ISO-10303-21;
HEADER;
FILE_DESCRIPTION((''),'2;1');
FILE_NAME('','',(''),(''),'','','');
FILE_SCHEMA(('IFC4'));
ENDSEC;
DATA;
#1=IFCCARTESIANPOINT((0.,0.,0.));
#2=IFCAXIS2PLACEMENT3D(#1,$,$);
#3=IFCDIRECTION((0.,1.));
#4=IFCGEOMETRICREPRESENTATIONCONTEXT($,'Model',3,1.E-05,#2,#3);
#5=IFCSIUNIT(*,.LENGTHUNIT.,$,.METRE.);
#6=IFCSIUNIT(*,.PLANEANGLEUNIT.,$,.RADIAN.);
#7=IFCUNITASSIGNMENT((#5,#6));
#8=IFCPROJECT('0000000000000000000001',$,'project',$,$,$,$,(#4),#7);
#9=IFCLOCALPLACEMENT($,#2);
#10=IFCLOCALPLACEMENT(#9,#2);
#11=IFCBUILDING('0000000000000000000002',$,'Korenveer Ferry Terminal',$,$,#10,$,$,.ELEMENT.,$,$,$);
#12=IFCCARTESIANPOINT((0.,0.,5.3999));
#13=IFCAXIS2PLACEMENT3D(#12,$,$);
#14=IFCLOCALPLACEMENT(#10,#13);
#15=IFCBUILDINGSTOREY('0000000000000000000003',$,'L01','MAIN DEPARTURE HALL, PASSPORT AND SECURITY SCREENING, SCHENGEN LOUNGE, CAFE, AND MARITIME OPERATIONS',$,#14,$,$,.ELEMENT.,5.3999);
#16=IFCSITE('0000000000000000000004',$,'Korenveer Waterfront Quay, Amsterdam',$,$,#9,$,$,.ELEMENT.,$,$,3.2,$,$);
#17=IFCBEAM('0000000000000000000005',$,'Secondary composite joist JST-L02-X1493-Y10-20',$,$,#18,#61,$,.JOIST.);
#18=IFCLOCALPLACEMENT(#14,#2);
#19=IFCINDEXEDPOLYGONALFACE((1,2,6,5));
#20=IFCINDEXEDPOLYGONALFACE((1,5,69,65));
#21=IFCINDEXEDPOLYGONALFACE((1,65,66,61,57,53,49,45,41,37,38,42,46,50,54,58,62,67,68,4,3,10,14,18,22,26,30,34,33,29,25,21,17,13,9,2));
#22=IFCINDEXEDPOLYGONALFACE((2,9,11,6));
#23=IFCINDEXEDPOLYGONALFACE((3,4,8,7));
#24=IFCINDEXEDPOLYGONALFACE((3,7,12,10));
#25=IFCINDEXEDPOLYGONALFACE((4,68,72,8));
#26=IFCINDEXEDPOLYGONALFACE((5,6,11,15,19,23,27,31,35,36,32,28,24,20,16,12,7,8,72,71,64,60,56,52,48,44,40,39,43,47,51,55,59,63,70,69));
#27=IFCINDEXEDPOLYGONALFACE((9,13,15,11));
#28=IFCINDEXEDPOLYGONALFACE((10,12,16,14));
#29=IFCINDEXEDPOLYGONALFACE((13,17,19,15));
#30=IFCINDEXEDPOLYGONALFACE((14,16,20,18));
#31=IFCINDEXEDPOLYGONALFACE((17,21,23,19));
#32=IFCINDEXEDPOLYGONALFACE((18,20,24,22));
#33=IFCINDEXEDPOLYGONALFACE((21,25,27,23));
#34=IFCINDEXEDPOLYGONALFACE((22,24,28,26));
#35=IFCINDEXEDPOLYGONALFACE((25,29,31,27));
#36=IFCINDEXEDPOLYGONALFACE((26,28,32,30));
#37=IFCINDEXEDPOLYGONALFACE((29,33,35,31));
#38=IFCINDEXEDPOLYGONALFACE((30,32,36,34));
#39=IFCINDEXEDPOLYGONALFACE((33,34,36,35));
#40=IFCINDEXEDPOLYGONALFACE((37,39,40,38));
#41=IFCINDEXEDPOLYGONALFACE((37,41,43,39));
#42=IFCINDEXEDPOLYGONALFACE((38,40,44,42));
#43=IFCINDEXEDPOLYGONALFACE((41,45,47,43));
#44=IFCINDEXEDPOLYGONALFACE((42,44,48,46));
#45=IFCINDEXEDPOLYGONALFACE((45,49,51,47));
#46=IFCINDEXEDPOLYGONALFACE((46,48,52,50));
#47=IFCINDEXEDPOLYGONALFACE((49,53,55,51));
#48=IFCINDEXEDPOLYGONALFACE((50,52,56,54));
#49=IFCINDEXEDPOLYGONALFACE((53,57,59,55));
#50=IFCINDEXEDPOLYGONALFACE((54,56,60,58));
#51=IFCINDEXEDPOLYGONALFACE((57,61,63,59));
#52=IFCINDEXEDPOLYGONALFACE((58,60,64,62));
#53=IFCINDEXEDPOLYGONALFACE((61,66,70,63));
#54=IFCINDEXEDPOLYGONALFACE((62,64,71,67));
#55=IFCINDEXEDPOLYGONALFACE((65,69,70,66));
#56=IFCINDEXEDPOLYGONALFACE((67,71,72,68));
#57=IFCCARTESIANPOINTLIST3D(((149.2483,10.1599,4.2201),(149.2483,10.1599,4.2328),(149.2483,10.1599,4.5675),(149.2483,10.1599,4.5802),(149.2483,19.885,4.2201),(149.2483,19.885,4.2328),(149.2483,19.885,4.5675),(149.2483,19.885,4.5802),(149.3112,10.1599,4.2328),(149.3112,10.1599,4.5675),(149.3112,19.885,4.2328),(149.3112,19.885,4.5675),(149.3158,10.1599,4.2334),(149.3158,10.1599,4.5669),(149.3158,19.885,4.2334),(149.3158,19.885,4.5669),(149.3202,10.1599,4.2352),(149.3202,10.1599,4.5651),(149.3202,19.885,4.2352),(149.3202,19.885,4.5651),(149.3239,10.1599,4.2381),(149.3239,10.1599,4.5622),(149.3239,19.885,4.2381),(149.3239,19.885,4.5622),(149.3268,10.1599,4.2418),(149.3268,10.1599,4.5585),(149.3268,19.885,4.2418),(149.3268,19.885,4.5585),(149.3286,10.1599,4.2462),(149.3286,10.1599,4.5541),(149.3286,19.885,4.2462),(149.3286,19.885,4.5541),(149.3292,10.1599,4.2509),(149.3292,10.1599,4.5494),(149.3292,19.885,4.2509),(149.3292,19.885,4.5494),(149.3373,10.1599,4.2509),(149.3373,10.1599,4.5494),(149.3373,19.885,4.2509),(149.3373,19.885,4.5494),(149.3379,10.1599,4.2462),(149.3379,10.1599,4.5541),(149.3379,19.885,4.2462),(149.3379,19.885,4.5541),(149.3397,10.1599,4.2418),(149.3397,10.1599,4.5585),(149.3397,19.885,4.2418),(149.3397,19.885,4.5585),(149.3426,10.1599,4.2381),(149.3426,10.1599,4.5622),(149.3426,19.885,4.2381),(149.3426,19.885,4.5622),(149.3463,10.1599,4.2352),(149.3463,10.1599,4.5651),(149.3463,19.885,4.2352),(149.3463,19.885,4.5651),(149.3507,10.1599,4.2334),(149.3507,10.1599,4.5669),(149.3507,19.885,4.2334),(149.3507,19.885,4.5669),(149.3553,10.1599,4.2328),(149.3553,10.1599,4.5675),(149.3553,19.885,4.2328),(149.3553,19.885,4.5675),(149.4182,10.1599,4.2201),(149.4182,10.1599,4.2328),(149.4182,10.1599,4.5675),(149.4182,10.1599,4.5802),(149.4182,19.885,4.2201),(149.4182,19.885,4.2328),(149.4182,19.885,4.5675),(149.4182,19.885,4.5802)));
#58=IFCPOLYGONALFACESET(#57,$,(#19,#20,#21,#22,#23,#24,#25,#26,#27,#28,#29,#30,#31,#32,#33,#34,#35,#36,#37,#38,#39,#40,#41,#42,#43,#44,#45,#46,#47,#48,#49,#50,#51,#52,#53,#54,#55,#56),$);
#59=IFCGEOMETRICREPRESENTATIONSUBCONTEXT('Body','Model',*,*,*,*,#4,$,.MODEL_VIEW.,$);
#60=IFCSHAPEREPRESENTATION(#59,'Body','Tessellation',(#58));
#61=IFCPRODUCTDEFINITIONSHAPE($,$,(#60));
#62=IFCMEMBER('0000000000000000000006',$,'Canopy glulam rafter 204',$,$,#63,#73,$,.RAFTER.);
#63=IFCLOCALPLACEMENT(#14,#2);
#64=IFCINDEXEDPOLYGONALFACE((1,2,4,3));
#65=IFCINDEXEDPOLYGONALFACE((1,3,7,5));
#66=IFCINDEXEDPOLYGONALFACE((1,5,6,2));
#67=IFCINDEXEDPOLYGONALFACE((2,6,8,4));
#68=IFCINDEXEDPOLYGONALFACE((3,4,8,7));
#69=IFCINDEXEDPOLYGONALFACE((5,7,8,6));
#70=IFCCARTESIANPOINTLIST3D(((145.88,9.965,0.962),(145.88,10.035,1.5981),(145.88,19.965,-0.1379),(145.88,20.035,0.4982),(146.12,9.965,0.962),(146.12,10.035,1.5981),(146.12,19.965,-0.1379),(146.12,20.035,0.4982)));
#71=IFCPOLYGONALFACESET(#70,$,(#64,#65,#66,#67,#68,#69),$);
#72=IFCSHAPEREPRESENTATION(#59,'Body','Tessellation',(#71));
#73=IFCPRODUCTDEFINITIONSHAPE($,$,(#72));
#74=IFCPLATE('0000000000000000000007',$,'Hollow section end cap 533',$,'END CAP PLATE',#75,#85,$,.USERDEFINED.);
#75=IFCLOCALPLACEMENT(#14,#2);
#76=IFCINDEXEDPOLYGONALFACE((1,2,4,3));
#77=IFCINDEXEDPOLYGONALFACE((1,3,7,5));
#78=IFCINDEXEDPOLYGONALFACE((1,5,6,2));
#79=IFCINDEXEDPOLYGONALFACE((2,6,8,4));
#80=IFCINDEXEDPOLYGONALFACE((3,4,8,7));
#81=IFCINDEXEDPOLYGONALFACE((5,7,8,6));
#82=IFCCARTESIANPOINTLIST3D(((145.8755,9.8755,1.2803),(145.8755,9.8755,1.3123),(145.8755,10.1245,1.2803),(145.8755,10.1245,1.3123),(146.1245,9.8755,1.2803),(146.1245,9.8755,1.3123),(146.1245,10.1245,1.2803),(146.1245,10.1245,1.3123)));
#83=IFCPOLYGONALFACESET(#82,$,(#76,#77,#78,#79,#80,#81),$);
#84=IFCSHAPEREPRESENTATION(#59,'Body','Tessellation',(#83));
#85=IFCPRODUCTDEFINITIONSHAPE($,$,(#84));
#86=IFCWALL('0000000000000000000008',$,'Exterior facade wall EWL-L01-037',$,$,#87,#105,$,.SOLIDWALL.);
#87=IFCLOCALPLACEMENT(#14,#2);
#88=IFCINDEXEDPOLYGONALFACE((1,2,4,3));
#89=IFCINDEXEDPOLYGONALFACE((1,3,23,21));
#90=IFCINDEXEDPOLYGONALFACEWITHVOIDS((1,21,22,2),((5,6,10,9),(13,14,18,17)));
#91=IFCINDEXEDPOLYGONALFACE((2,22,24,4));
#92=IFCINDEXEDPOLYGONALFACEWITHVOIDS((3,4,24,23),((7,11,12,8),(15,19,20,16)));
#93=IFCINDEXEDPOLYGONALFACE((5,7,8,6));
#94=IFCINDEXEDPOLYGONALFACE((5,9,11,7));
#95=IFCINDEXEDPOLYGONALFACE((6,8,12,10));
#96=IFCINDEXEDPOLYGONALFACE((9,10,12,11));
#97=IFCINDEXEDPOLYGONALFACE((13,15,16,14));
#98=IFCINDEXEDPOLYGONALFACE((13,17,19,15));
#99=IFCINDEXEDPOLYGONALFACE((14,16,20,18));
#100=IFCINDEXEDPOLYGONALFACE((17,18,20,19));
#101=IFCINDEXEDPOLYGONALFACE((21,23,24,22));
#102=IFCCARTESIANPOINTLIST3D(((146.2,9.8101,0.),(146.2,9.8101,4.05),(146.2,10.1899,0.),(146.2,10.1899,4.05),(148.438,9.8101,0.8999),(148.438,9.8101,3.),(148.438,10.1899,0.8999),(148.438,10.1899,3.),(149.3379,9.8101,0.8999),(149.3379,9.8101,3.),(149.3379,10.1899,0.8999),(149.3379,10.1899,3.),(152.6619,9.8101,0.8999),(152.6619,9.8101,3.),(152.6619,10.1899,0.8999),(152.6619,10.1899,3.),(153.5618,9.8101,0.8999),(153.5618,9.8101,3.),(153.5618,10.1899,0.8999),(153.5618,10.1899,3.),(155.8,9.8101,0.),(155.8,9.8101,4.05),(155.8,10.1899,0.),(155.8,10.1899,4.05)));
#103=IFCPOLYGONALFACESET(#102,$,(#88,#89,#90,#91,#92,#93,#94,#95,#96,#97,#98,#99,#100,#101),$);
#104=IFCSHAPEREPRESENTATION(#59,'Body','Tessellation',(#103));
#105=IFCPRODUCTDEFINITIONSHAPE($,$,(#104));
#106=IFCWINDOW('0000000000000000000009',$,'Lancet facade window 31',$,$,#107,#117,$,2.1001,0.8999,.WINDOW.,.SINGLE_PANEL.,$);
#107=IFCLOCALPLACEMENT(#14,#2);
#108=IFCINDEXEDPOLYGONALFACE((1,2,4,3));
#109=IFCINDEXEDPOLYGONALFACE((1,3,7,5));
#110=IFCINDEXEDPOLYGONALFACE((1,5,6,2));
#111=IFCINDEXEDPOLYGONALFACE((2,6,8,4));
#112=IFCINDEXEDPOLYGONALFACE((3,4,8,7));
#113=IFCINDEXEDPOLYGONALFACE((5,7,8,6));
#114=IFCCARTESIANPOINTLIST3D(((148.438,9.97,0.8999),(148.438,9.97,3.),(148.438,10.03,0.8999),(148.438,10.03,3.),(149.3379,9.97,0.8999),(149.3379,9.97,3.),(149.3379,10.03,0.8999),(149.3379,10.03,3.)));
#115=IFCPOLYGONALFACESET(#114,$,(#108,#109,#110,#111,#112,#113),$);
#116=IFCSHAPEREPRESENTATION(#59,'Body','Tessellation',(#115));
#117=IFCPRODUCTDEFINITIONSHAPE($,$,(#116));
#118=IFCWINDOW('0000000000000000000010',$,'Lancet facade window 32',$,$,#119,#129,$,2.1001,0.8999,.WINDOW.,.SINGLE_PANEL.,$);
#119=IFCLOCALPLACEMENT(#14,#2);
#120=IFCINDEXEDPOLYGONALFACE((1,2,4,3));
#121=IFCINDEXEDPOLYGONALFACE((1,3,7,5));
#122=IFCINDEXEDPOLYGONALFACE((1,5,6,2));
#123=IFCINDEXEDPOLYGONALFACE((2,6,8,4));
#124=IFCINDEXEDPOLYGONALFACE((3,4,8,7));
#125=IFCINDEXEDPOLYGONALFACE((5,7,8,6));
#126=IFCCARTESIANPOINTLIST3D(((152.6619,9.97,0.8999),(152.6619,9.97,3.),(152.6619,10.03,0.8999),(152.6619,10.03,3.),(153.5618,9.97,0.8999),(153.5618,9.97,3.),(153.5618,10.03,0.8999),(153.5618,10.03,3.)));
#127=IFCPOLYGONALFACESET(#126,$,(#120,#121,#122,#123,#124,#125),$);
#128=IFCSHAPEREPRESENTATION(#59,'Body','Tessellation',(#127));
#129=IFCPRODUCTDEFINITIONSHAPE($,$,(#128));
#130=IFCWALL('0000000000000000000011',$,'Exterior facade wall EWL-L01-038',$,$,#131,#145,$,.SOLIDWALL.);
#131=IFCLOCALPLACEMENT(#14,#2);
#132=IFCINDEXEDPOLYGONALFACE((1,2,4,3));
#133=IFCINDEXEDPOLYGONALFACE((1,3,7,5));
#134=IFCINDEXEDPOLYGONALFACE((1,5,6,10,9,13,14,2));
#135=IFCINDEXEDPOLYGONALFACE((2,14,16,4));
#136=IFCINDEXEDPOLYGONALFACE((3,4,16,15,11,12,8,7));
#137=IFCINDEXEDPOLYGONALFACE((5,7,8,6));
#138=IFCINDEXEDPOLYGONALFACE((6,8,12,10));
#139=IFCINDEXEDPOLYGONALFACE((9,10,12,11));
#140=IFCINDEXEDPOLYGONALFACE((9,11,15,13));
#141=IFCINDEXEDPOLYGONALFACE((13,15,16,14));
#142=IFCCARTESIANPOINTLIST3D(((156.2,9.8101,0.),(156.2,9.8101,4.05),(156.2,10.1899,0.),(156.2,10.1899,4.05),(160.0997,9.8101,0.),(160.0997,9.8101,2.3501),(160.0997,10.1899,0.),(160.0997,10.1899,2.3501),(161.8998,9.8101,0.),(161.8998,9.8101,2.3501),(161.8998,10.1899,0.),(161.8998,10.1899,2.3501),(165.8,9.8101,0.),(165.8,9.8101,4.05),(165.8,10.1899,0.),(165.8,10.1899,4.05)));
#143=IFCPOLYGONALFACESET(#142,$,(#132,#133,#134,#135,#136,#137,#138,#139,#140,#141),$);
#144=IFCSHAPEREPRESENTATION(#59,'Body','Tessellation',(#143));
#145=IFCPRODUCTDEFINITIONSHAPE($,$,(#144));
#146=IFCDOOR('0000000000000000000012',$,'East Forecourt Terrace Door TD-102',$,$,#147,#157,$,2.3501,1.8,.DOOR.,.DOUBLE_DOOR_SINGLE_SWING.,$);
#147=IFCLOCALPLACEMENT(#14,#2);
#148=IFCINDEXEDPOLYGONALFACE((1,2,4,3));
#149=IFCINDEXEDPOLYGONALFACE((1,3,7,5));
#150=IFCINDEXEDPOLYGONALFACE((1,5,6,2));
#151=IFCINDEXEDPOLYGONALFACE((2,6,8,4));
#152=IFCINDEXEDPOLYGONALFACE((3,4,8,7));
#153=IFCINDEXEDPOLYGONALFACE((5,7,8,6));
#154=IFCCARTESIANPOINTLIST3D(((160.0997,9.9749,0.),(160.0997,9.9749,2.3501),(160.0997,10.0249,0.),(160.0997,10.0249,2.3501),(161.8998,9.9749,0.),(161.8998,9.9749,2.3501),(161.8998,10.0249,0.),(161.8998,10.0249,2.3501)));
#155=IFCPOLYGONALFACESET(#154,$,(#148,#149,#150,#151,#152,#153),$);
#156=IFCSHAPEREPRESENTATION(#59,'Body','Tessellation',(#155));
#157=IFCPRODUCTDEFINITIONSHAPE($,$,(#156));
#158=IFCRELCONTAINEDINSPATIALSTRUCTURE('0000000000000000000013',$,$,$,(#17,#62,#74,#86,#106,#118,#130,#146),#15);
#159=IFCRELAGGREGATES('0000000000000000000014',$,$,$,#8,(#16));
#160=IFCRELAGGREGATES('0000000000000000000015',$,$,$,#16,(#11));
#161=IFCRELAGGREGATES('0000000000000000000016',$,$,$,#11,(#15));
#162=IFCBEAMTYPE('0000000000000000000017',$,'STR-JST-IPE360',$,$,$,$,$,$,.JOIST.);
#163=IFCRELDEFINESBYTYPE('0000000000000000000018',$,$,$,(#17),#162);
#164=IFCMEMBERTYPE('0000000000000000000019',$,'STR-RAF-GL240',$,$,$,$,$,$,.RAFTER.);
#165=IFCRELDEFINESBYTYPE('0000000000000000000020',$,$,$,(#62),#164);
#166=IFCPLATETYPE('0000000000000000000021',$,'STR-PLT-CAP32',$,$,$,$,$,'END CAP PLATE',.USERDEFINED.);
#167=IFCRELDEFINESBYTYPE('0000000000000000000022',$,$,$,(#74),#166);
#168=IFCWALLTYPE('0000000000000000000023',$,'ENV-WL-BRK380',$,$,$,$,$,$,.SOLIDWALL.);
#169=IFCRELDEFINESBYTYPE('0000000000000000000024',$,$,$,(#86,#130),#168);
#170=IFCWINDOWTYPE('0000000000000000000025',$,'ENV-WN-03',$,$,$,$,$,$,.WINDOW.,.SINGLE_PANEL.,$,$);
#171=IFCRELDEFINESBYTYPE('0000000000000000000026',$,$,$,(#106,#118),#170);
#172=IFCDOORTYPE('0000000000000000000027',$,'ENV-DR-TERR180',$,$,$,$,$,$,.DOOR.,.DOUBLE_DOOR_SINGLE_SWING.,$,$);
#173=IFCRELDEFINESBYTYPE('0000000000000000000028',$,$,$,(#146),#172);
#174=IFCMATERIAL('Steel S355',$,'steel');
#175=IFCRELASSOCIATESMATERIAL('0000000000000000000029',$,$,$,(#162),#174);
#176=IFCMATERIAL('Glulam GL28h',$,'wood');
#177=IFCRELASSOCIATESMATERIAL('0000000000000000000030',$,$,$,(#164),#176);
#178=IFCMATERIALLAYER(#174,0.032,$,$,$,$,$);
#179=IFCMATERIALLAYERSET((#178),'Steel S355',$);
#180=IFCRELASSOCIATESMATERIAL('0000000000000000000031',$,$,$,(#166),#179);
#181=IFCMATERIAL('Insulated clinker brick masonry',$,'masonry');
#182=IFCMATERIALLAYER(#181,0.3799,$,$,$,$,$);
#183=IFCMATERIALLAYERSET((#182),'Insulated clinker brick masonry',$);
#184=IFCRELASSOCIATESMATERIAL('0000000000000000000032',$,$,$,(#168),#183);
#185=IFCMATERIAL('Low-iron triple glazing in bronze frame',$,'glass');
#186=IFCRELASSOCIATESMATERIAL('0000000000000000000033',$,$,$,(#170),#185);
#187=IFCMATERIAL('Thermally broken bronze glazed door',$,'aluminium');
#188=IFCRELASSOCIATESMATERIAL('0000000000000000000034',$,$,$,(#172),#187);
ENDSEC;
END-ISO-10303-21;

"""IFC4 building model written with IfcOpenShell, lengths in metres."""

from ifc_helpers import new_model, si_unit, direction, frame, frame_2d, origin, origin_2d, place, context, subcontext, project, spatial, rectangle, i_section, extrude, material, layer, layer_set, material_profile, profile_set, type_object, element, fill, save


model = new_model("IFC4")

# Units and contexts
model_context = context("Model", 3, precision=1e-05, world=origin(), true_north=direction((0.0, 1.0)))
body_context = subcontext(model_context, "Body", "Model", "MODEL_VIEW")
ifc_project = project(units=[si_unit("LENGTHUNIT", "METRE"), si_unit("PLANEANGLEUNIT", "RADIAN")], contexts=[model_context])

# Site, building, storey
site_placement = place(None, origin())
site = spatial("IfcSite", under=ifc_project, at=site_placement, Name="Korenveer Waterfront Quay, Amsterdam", CompositionType="ELEMENT", RefElevation=3.2)
building_placement = place(site_placement, origin())
building = spatial("IfcBuilding", under=site, at=building_placement, Name="Korenveer Ferry Terminal", CompositionType="ELEMENT")
storey_placement = place(building_placement, frame((0.0, 0.0, 5.3999)))
storey = spatial("IfcBuildingStorey", under=building, at=storey_placement, Name="L01", Description="MAIN DEPARTURE HALL, PASSPORT AND SECURITY SCREENING, SCHENGEN LOUNGE, CAFE, AND MARITIME OPERATIONS", CompositionType="ELEMENT", Elevation=5.3999)

# Beam
ifc_material_1 = material(Name="Steel S355", Category="steel")
ifc_material_profile_1 = material_profile(ifc_material_1, i_section(OverallWidth=0.1699, OverallDepth=0.3601, WebThickness=0.0081, FlangeThickness=0.0127, FilletRadius=0.0181, at=origin_2d()), Name="IPE 360")
ifc_profile_set_1 = profile_set([ifc_material_profile_1], Name="Steel S355")
beam_type_1 = type_object("IfcBeamType", Name="STR-JST-IPE360", PredefinedType="JOIST", material=ifc_profile_set_1)
beam_1_placement = place(storey_placement, frame((149.3333, 10.1599, 4.4001), z_axis=(0.0, 1.0, 0.0), x_axis=(-1.0, 0.0, 0.0)))
element("IfcBeam", 1, at=beam_1_placement, inside=storey, type_object=beam_type_1, Name="Secondary composite joist JST-L02-X1493-Y10-20", PredefinedType="JOIST", context=body_context, shape_type="SweptSolid", body=[
    extrude(i_section(OverallWidth=0.1699, OverallDepth=0.3601, WebThickness=0.0081, FlangeThickness=0.0127, FilletRadius=0.0181, at=origin_2d()), origin(), (0.0, 0.0, 1.0), 9.7251),
])

# Member
ifc_material_2 = material(Name="Glulam GL28h", Category="wood")
ifc_material_profile_2 = material_profile(ifc_material_2, rectangle(XDim=0.24, YDim=0.6399, at=origin_2d()), Name="GL 240x640")
ifc_profile_set_2 = profile_set([ifc_material_profile_2], Name="Glulam GL28h")
member_type_1 = type_object("IfcMemberType", Name="STR-RAF-GL240", PredefinedType="RAFTER", material=ifc_profile_set_2)
member_1_placement = place(storey_placement, frame((146.0, 10.0, 1.28), z_axis=(0.0, 0.994006, -0.109326), x_axis=(-1.0, 0.0, 0.0)))
element("IfcMember", 2, at=member_1_placement, inside=storey, type_object=member_type_1, Name="Canopy glulam rafter 204", PredefinedType="RAFTER", context=body_context, shape_type="SweptSolid", body=[
    extrude(rectangle(XDim=0.24, YDim=0.6399, at=origin_2d()), origin(), (0.0, 0.0, 1.0), 10.0603),
])

# Plate
ifc_layer_1 = layer(ifc_material_1, 0.032)
ifc_layer_set_1 = layer_set([ifc_layer_1], Name="Steel S355")
plate_type = type_object("IfcPlateType", Name="STR-PLT-CAP32", ElementType="END CAP PLATE", PredefinedType="USERDEFINED", material=ifc_layer_set_1)
plate_placement = place(storey_placement, frame((146.0, 10.0, 1.2803), z_axis=(0.0, 0.0, 1.0), x_axis=(1.0, 0.0, 0.0)))
element("IfcPlate", 3, at=plate_placement, inside=storey, type_object=plate_type, Name="Hollow section end cap 533", ObjectType="END CAP PLATE", PredefinedType="USERDEFINED", context=body_context, shape_type="SweptSolid", body=[
    extrude(rectangle(XDim=0.249, YDim=0.249, at=origin_2d()), origin(), (0.0, 0.0, 1.0), 0.032),
])

# Wall, openings, windows
ifc_material_3 = material(Name="Insulated clinker brick masonry", Category="masonry")
ifc_layer_2 = layer(ifc_material_3, 0.3799)
ifc_layer_set_2 = layer_set([ifc_layer_2], Name="Insulated clinker brick masonry")
wall_type = type_object("IfcWallType", Name="ENV-WL-BRK380", PredefinedType="SOLIDWALL", material=ifc_layer_set_2)
wall_1_placement = place(storey_placement, frame((146.2, 10.0, 0.0), z_axis=(0.0, 0.0, 1.0), x_axis=(1.0, 0.0, 0.0)))
wall_1 = element("IfcWall", 4, at=wall_1_placement, inside=storey, type_object=wall_type, Name="Exterior facade wall EWL-L01-037", PredefinedType="SOLIDWALL", context=body_context, shape_type="SweptSolid", body=[
    extrude(rectangle(XDim=9.6001, YDim=0.3799, at=frame_2d((4.8, 0.0))), origin(), (0.0, 0.0, 1.0), 4.05),
])
opening_1_placement = place(wall_1_placement, frame((2.238, 0.0, 0.8999)))
opening_1 = element("IfcOpeningElement", 5, at=opening_1_placement, cuts=wall_1, PredefinedType="OPENING", context=body_context, shape_type="SweptSolid", body=[
    extrude(rectangle(XDim=0.8999, YDim=2.1001, at=frame_2d((0.45, 1.05))), frame((0.0, 0.2, 0.0), z_axis=(0.0, -1.0, 0.0), x_axis=(1.0, 0.0, 0.0)), (0.0, 0.0, 1.0), 0.3999),
])
opening_2_placement = place(wall_1_placement, frame((6.4619, 0.0, 0.8999)))
opening_2 = element("IfcOpeningElement", 6, at=opening_2_placement, cuts=wall_1, PredefinedType="OPENING", context=body_context, shape_type="SweptSolid", body=[
    extrude(rectangle(XDim=0.8999, YDim=2.1001, at=frame_2d((0.45, 1.05))), frame((0.0, 0.2, 0.0), z_axis=(0.0, -1.0, 0.0), x_axis=(1.0, 0.0, 0.0)), (0.0, 0.0, 1.0), 0.3999),
])
ifc_material_4 = material(Name="Low-iron triple glazing in bronze frame", Category="glass")
window_type = type_object("IfcWindowType", Name="ENV-WN-03", PartitioningType="SINGLE_PANEL", PredefinedType="WINDOW", material=ifc_material_4)
window_1_placement = place(opening_1_placement, origin())
window_1 = element("IfcWindow", 7, at=window_1_placement, inside=storey, type_object=window_type, Name="Lancet facade window 31", OverallHeight=2.1001, OverallWidth=0.8999, PartitioningType="SINGLE_PANEL", PredefinedType="WINDOW", context=body_context, shape_type="SweptSolid", body=[
    extrude(rectangle(XDim=0.8999, YDim=2.1001, at=frame_2d((0.45, 1.05))), frame((0.0, 0.03, 0.0), z_axis=(0.0, -1.0, 0.0), x_axis=(1.0, 0.0, 0.0)), (0.0, 0.0, 1.0), 0.0601),
])
fill(opening_1, window_1)
window_2_placement = place(opening_2_placement, origin())
window_2 = element("IfcWindow", 8, at=window_2_placement, inside=storey, type_object=window_type, Name="Lancet facade window 32", OverallHeight=2.1001, OverallWidth=0.8999, PartitioningType="SINGLE_PANEL", PredefinedType="WINDOW", context=body_context, shape_type="SweptSolid", body=[
    extrude(rectangle(XDim=0.8999, YDim=2.1001, at=frame_2d((0.45, 1.05))), frame((0.0, 0.03, 0.0), z_axis=(0.0, -1.0, 0.0), x_axis=(1.0, 0.0, 0.0)), (0.0, 0.0, 1.0), 0.0601),
])
fill(opening_2, window_2)

# Wall, opening, door
wall_2_placement = place(storey_placement, frame((156.2, 10.0, 0.0), z_axis=(0.0, 0.0, 1.0), x_axis=(1.0, 0.0, 0.0)))
wall_2 = element("IfcWall", 9, at=wall_2_placement, inside=storey, type_object=wall_type, Name="Exterior facade wall EWL-L01-038", PredefinedType="SOLIDWALL", context=body_context, shape_type="SweptSolid", body=[
    extrude(rectangle(XDim=9.6001, YDim=0.3799, at=frame_2d((4.8, 0.0))), origin(), (0.0, 0.0, 1.0), 4.05),
])
opening_3_placement = place(wall_2_placement, frame((3.8999, 0.0, 0.0)))
opening_3 = element("IfcOpeningElement", 10, at=opening_3_placement, cuts=wall_2, PredefinedType="OPENING", context=body_context, shape_type="SweptSolid", body=[
    extrude(rectangle(XDim=1.8, YDim=2.3501, at=frame_2d((0.8999, 1.175))), frame((0.0, 0.2, 0.0), z_axis=(0.0, -1.0, 0.0), x_axis=(1.0, 0.0, 0.0)), (0.0, 0.0, 1.0), 0.3999),
])
ifc_material_5 = material(Name="Thermally broken bronze glazed door", Category="aluminium")
door_type = type_object("IfcDoorType", Name="ENV-DR-TERR180", OperationType="DOUBLE_DOOR_SINGLE_SWING", PredefinedType="DOOR", material=ifc_material_5)
door_placement = place(opening_3_placement, origin())
door = element("IfcDoor", 11, at=door_placement, inside=storey, type_object=door_type, Name="East Forecourt Terrace Door TD-102", OperationType="DOUBLE_DOOR_SINGLE_SWING", OverallHeight=2.3501, OverallWidth=1.8, PredefinedType="DOOR", context=body_context, shape_type="SweptSolid", body=[
    extrude(rectangle(XDim=1.8, YDim=2.3501, at=frame_2d((0.8999, 1.175))), frame((0.0, 0.0249, 0.0), z_axis=(0.0, -1.0, 0.0), x_axis=(1.0, 0.0, 0.0)), (0.0, 0.0, 1.0), 0.05),
])
fill(opening_3, door)

save(model, "model.ifc")
